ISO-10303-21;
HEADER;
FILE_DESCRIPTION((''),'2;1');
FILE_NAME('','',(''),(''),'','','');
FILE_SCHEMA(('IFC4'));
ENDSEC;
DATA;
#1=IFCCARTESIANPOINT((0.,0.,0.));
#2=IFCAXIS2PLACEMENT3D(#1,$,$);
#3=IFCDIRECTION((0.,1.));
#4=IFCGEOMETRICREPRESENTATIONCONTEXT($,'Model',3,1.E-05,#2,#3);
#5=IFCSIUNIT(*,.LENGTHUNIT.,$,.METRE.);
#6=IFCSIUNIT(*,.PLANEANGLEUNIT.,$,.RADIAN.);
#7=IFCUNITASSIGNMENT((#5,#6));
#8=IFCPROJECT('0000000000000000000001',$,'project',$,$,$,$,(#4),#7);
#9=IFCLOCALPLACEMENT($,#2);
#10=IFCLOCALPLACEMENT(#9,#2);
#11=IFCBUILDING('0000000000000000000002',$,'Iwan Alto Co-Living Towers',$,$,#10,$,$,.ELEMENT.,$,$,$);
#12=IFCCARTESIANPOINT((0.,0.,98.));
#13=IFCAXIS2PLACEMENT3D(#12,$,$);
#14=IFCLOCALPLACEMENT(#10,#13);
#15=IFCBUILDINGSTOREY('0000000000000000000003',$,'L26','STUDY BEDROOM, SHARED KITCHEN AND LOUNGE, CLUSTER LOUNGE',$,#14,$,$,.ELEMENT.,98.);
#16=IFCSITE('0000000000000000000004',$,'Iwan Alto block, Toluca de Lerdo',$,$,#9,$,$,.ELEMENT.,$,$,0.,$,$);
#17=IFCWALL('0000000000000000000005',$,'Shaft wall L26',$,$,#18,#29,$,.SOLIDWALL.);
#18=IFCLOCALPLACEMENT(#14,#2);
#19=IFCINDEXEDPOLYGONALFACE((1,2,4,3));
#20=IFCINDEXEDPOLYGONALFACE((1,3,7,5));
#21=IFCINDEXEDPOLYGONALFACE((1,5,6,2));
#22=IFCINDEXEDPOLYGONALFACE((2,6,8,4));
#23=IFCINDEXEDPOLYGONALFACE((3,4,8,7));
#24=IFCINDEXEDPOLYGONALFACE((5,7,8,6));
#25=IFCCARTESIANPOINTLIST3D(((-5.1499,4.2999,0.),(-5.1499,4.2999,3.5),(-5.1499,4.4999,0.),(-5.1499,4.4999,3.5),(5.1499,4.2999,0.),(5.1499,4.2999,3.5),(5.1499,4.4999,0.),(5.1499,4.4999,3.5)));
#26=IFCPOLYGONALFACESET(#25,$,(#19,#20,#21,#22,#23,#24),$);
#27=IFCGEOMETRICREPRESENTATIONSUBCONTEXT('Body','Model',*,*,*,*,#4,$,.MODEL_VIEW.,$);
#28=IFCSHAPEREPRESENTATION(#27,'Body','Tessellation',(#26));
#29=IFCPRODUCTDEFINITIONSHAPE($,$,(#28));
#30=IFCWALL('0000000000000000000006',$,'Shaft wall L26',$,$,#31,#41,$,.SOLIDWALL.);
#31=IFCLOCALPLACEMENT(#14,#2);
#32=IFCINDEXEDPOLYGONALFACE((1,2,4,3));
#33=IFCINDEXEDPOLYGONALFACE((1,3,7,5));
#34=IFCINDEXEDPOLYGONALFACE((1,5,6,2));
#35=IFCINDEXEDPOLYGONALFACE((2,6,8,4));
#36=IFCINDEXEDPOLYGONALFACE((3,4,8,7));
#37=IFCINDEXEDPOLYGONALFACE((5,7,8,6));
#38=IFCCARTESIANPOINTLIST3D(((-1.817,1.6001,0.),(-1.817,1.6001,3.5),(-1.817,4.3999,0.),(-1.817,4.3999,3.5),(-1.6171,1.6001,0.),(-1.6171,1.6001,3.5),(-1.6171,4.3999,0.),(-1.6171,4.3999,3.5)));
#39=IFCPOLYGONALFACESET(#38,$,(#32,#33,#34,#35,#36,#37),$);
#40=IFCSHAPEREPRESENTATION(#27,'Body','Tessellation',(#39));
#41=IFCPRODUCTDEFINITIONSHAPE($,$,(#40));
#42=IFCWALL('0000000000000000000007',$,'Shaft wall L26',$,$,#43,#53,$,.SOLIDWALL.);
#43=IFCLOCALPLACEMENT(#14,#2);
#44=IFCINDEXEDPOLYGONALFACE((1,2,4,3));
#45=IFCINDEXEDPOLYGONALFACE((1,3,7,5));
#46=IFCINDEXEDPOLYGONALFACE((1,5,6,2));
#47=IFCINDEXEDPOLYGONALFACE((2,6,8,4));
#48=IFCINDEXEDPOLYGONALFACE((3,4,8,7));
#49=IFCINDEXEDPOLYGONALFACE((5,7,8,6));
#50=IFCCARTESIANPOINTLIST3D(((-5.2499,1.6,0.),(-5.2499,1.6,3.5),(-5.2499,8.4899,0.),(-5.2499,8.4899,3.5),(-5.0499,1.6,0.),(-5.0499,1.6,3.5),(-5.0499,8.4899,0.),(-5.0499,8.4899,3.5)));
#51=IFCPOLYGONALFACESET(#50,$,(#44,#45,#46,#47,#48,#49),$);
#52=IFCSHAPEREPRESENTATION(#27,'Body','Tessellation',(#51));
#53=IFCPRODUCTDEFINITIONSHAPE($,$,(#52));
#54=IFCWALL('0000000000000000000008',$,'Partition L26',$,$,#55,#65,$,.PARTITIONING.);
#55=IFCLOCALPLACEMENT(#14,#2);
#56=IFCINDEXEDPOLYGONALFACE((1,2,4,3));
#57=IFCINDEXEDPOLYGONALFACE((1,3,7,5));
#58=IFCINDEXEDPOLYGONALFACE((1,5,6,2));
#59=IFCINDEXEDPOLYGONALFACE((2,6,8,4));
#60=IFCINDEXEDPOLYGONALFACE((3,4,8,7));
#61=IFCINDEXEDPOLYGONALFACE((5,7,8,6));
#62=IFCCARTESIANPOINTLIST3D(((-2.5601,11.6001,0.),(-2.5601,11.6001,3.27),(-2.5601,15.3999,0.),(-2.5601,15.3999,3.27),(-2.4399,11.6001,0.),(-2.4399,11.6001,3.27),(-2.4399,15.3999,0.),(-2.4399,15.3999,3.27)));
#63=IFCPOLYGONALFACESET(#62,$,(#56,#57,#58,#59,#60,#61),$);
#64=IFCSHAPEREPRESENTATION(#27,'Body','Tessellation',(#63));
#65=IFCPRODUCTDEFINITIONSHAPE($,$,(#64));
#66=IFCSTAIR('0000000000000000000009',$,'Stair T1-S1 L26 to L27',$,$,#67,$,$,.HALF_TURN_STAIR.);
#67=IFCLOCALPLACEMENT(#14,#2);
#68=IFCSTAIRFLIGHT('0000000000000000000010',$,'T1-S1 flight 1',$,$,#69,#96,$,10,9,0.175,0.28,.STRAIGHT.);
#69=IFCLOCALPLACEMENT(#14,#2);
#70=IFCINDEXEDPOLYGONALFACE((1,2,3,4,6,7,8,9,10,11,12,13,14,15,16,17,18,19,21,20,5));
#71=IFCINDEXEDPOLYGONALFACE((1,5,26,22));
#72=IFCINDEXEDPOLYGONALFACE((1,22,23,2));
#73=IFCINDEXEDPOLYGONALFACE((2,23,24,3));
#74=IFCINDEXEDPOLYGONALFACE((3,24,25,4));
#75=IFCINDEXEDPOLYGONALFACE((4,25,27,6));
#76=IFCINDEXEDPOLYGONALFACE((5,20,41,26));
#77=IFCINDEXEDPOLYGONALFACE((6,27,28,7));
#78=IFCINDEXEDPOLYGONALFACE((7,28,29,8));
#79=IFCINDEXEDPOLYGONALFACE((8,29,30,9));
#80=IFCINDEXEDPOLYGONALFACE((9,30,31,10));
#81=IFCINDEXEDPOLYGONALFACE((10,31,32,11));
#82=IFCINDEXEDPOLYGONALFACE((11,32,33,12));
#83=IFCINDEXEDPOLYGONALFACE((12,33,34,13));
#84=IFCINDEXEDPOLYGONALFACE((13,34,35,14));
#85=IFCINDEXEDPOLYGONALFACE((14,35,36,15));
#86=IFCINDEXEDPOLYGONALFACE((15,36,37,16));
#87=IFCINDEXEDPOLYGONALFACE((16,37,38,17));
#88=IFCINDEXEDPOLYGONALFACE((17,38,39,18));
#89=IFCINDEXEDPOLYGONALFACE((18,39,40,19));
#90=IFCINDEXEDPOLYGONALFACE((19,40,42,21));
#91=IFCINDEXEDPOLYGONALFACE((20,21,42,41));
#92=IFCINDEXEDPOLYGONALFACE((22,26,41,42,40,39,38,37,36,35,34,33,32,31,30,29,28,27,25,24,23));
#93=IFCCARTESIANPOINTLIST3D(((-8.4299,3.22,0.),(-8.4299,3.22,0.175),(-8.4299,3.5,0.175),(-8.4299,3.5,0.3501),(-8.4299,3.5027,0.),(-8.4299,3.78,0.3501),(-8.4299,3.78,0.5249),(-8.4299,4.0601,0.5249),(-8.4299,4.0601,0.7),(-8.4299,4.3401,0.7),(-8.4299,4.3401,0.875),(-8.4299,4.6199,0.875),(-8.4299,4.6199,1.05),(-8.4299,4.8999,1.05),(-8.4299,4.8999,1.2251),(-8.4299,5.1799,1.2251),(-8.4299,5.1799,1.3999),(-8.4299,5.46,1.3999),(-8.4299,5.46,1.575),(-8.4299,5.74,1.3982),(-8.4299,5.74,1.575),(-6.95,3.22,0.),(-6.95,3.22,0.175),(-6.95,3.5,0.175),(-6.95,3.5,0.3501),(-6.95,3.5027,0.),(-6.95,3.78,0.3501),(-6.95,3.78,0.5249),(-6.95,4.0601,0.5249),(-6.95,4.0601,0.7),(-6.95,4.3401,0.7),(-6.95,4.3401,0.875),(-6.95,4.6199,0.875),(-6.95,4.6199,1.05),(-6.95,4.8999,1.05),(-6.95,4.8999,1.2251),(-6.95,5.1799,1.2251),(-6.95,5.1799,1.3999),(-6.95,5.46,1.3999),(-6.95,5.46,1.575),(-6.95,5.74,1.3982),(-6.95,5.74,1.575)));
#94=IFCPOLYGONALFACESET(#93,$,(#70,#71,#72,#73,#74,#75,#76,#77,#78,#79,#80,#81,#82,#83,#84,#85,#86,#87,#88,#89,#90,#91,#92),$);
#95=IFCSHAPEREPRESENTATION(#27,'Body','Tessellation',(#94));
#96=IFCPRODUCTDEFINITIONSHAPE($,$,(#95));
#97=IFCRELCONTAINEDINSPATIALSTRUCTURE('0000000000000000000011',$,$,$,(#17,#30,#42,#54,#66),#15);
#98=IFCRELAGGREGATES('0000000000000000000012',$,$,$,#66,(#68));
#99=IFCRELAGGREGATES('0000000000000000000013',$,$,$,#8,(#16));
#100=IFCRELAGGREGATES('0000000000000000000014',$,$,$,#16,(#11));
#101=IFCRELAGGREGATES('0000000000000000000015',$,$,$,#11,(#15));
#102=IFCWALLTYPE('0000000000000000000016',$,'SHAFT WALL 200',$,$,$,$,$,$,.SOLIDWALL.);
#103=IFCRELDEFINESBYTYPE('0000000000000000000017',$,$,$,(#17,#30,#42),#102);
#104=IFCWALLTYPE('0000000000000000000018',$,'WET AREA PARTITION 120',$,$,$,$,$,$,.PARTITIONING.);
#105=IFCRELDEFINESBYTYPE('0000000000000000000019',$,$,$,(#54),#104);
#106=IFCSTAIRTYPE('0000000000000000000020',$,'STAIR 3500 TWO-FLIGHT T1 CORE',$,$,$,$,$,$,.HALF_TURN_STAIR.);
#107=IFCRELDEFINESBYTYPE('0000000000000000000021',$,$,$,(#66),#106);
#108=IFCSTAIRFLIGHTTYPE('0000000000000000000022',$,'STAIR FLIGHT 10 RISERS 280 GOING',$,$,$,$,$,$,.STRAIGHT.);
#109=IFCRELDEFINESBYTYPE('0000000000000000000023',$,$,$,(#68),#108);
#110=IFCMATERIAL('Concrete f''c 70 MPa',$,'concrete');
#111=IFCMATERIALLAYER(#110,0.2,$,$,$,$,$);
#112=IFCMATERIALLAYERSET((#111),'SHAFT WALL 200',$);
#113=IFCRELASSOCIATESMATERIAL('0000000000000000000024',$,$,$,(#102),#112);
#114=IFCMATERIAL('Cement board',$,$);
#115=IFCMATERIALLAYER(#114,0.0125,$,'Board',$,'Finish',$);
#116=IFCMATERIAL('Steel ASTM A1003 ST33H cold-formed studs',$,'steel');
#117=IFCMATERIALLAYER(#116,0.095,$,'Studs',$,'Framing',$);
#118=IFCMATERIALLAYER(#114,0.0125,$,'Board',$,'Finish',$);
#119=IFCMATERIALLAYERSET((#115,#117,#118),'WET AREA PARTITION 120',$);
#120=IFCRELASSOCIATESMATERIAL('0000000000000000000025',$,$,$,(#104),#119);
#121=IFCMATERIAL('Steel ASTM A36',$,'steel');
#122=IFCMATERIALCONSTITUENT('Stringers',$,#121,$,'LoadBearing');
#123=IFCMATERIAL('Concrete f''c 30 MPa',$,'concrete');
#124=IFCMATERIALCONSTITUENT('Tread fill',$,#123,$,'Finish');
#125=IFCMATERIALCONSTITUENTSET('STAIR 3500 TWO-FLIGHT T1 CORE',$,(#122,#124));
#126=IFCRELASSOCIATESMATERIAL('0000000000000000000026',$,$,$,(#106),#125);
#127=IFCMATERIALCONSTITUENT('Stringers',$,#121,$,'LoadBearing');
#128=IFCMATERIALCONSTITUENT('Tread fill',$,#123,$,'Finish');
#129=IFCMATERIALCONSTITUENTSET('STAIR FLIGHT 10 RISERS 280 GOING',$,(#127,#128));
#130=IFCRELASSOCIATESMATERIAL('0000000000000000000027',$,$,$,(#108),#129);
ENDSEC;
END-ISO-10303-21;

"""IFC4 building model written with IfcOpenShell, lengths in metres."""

from ifc_helpers import new_model, si_unit, direction, frame, frame_2d, origin, place, context, subcontext, project, spatial, polyline, rectangle, outline, extrude, material, layer, layer_set, constituent, constituent_set, type_object, element, aggregate, save


model = new_model("IFC4")

# Units and contexts
model_context = context("Model", 3, precision=1e-05, world=origin(), true_north=direction((0.0, 1.0)))
body_context = subcontext(model_context, "Body", "Model", "MODEL_VIEW")
ifc_project = project(units=[si_unit("LENGTHUNIT", "METRE"), si_unit("PLANEANGLEUNIT", "RADIAN")], contexts=[model_context])

# Site, building, storey
site_placement = place(None, origin())
site = spatial("IfcSite", under=ifc_project, at=site_placement, Name="Iwan Alto block, Toluca de Lerdo", CompositionType="ELEMENT", RefElevation=0.0)
building_placement = place(site_placement, origin())
building = spatial("IfcBuilding", under=site, at=building_placement, Name="Iwan Alto Co-Living Towers", CompositionType="ELEMENT")
storey_placement = place(building_placement, frame((0.0, 0.0, 98.0)))
storey = spatial("IfcBuildingStorey", under=building, at=storey_placement, Name="L26", Description="STUDY BEDROOM, SHARED KITCHEN AND LOUNGE, CLUSTER LOUNGE", CompositionType="ELEMENT", Elevation=98.0)

# Shared definitions
ifc_material_1 = material(Name="Steel ASTM A1003 ST33H cold-formed studs", Category="steel")

# Shared definitions
ifc_material_2 = material(Name="Concrete f'c 70 MPa", Category="concrete")
ifc_layer_1 = layer(ifc_material_2, 0.2)
ifc_layer_set_1 = layer_set([ifc_layer_1], Name="SHAFT WALL 200")
wall_type_1 = type_object("IfcWallType", Name="SHAFT WALL 200", PredefinedType="SOLIDWALL", material=ifc_layer_set_1)

# Walls
wall_1_placement = place(storey_placement, frame((-5.1499, 4.3999, 0.0), z_axis=(0.0, 0.0, 1.0), x_axis=(1.0, 0.0, 0.0)))
element("IfcWall", 1, at=wall_1_placement, inside=storey, type_object=wall_type_1, Name="Shaft wall L26", PredefinedType="SOLIDWALL", context=body_context, shape_type="SweptSolid", body=[
    extrude(rectangle(XDim=10.2998, YDim=0.2, at=frame_2d((5.1499, 0.0))), origin(), (0.0, 0.0, 1.0), 3.5),
])
wall_2_placement = place(storey_placement, frame((-1.717, 1.6001, 0.0), z_axis=(0.0, 0.0, 1.0), x_axis=(0.0, 1.0, 0.0)))
element("IfcWall", 2, at=wall_2_placement, inside=storey, type_object=wall_type_1, Name="Shaft wall L26", PredefinedType="SOLIDWALL", context=body_context, shape_type="SweptSolid", body=[
    extrude(rectangle(XDim=2.7998, YDim=0.2, at=frame_2d((1.3999, 0.0))), origin(), (0.0, 0.0, 1.0), 3.5),
])
wall_3_placement = place(storey_placement, frame((-5.1499, 1.6001, 0.0), z_axis=(0.0, 0.0, 1.0), x_axis=(0.0, 1.0, 0.0)))
element("IfcWall", 3, at=wall_3_placement, inside=storey, type_object=wall_type_1, Name="Shaft wall L26", PredefinedType="SOLIDWALL", context=body_context, shape_type="SweptSolid", body=[
    extrude(rectangle(XDim=6.8899, YDim=0.2, at=frame_2d((3.4448, 0.0))), origin(), (0.0, 0.0, 1.0), 3.5),
])
ifc_material_3 = material(Name="Cement board")
ifc_layer_2 = layer(ifc_material_3, 0.0125, Name="Board", Category="Finish")
ifc_layer_3 = layer(ifc_material_1, 0.095, Name="Studs", Category="Framing")
ifc_layer_4 = layer(ifc_material_3, 0.0125, Name="Board", Category="Finish")
ifc_layer_set_2 = layer_set([ifc_layer_2, ifc_layer_3, ifc_layer_4], Name="WET AREA PARTITION 120")
wall_type_2 = type_object("IfcWallType", Name="WET AREA PARTITION 120", PredefinedType="PARTITIONING", material=ifc_layer_set_2)
wall_4_placement = place(storey_placement, frame((-2.5, 11.6001, 0.0), z_axis=(0.0, 0.0, 1.0), x_axis=(0.0, 1.0, 0.0)))
element("IfcWall", 4, at=wall_4_placement, inside=storey, type_object=wall_type_2, Name="Partition L26", PredefinedType="PARTITIONING", context=body_context, shape_type="SweptSolid", body=[
    extrude(rectangle(XDim=3.7998, YDim=0.1201, at=frame_2d((1.8999, 0.0))), origin(), (0.0, 0.0, 1.0), 3.27),
])

# Stair, stair flight
ifc_material_4 = material(Name="Steel ASTM A36", Category="steel")
ifc_constituent_1 = constituent(ifc_material_4, Name="Stringers", Category="LoadBearing")
ifc_material_5 = material(Name="Concrete f'c 30 MPa", Category="concrete")
ifc_constituent_2 = constituent(ifc_material_5, Name="Tread fill", Category="Finish")
ifc_constituent_set_1 = constituent_set(constituents=[ifc_constituent_1, ifc_constituent_2], Name="STAIR 3500 TWO-FLIGHT T1 CORE")
stair_type = type_object("IfcStairType", Name="STAIR 3500 TWO-FLIGHT T1 CORE", PredefinedType="HALF_TURN_STAIR", material=ifc_constituent_set_1)
stair_placement = place(storey_placement, origin())
stair = element("IfcStair", 5, at=stair_placement, inside=storey, type_object=stair_type, Name="Stair T1-S1 L26 to L27", PredefinedType="HALF_TURN_STAIR")
ifc_constituent_3 = constituent(ifc_material_4, Name="Stringers", Category="LoadBearing")
ifc_constituent_4 = constituent(ifc_material_5, Name="Tread fill", Category="Finish")
ifc_constituent_set_2 = constituent_set(constituents=[ifc_constituent_3, ifc_constituent_4], Name="STAIR FLIGHT 10 RISERS 280 GOING")
stair_flight_type = type_object("IfcStairFlightType", Name="STAIR FLIGHT 10 RISERS 280 GOING", PredefinedType="STRAIGHT", material=ifc_constituent_set_2)
stair_flight_placement = place(storey_placement, frame((-7.6899, 3.22, 0.0), z_axis=(0.0, 0.0, 1.0), x_axis=(0.0, 1.0, 0.0)))
stair_flight = element("IfcStairFlight", 6, at=stair_flight_placement, type_object=stair_flight_type, Name="T1-S1 flight 1", NumberOfRisers=10, NumberOfTreads=9, PredefinedType="STRAIGHT", RiserHeight=0.175, TreadLength=0.28, context=body_context, shape_type="SweptSolid", body=[
    extrude(outline(polyline([(0.0, 0.0), (0.0, 0.175), (0.28, 0.175), (0.28, 0.3501), (0.5601, 0.3501), (0.5601, 0.5249), (0.8401, 0.5249), (0.8401, 0.7), (1.1201, 0.7), (1.1201, 0.875), (1.3999, 0.875), (1.3999, 1.05), (1.6799, 1.05), (1.6799, 1.2251), (1.96, 1.2251), (1.96, 1.3999), (2.24, 1.3999), (2.24, 1.575), (2.52, 1.575), (2.52, 1.75), (2.52, 1.3982), (0.2827, 0.0), (0.0, 0.0)])), frame((0.0, 0.74, 0.0), z_axis=(0.0, -1.0, 0.0), x_axis=(1.0, 0.0, 0.0)), (0.0, 0.0, 1.0), 1.48),
])
aggregate(stair, [stair_flight])

save(model, "model.ifc")
